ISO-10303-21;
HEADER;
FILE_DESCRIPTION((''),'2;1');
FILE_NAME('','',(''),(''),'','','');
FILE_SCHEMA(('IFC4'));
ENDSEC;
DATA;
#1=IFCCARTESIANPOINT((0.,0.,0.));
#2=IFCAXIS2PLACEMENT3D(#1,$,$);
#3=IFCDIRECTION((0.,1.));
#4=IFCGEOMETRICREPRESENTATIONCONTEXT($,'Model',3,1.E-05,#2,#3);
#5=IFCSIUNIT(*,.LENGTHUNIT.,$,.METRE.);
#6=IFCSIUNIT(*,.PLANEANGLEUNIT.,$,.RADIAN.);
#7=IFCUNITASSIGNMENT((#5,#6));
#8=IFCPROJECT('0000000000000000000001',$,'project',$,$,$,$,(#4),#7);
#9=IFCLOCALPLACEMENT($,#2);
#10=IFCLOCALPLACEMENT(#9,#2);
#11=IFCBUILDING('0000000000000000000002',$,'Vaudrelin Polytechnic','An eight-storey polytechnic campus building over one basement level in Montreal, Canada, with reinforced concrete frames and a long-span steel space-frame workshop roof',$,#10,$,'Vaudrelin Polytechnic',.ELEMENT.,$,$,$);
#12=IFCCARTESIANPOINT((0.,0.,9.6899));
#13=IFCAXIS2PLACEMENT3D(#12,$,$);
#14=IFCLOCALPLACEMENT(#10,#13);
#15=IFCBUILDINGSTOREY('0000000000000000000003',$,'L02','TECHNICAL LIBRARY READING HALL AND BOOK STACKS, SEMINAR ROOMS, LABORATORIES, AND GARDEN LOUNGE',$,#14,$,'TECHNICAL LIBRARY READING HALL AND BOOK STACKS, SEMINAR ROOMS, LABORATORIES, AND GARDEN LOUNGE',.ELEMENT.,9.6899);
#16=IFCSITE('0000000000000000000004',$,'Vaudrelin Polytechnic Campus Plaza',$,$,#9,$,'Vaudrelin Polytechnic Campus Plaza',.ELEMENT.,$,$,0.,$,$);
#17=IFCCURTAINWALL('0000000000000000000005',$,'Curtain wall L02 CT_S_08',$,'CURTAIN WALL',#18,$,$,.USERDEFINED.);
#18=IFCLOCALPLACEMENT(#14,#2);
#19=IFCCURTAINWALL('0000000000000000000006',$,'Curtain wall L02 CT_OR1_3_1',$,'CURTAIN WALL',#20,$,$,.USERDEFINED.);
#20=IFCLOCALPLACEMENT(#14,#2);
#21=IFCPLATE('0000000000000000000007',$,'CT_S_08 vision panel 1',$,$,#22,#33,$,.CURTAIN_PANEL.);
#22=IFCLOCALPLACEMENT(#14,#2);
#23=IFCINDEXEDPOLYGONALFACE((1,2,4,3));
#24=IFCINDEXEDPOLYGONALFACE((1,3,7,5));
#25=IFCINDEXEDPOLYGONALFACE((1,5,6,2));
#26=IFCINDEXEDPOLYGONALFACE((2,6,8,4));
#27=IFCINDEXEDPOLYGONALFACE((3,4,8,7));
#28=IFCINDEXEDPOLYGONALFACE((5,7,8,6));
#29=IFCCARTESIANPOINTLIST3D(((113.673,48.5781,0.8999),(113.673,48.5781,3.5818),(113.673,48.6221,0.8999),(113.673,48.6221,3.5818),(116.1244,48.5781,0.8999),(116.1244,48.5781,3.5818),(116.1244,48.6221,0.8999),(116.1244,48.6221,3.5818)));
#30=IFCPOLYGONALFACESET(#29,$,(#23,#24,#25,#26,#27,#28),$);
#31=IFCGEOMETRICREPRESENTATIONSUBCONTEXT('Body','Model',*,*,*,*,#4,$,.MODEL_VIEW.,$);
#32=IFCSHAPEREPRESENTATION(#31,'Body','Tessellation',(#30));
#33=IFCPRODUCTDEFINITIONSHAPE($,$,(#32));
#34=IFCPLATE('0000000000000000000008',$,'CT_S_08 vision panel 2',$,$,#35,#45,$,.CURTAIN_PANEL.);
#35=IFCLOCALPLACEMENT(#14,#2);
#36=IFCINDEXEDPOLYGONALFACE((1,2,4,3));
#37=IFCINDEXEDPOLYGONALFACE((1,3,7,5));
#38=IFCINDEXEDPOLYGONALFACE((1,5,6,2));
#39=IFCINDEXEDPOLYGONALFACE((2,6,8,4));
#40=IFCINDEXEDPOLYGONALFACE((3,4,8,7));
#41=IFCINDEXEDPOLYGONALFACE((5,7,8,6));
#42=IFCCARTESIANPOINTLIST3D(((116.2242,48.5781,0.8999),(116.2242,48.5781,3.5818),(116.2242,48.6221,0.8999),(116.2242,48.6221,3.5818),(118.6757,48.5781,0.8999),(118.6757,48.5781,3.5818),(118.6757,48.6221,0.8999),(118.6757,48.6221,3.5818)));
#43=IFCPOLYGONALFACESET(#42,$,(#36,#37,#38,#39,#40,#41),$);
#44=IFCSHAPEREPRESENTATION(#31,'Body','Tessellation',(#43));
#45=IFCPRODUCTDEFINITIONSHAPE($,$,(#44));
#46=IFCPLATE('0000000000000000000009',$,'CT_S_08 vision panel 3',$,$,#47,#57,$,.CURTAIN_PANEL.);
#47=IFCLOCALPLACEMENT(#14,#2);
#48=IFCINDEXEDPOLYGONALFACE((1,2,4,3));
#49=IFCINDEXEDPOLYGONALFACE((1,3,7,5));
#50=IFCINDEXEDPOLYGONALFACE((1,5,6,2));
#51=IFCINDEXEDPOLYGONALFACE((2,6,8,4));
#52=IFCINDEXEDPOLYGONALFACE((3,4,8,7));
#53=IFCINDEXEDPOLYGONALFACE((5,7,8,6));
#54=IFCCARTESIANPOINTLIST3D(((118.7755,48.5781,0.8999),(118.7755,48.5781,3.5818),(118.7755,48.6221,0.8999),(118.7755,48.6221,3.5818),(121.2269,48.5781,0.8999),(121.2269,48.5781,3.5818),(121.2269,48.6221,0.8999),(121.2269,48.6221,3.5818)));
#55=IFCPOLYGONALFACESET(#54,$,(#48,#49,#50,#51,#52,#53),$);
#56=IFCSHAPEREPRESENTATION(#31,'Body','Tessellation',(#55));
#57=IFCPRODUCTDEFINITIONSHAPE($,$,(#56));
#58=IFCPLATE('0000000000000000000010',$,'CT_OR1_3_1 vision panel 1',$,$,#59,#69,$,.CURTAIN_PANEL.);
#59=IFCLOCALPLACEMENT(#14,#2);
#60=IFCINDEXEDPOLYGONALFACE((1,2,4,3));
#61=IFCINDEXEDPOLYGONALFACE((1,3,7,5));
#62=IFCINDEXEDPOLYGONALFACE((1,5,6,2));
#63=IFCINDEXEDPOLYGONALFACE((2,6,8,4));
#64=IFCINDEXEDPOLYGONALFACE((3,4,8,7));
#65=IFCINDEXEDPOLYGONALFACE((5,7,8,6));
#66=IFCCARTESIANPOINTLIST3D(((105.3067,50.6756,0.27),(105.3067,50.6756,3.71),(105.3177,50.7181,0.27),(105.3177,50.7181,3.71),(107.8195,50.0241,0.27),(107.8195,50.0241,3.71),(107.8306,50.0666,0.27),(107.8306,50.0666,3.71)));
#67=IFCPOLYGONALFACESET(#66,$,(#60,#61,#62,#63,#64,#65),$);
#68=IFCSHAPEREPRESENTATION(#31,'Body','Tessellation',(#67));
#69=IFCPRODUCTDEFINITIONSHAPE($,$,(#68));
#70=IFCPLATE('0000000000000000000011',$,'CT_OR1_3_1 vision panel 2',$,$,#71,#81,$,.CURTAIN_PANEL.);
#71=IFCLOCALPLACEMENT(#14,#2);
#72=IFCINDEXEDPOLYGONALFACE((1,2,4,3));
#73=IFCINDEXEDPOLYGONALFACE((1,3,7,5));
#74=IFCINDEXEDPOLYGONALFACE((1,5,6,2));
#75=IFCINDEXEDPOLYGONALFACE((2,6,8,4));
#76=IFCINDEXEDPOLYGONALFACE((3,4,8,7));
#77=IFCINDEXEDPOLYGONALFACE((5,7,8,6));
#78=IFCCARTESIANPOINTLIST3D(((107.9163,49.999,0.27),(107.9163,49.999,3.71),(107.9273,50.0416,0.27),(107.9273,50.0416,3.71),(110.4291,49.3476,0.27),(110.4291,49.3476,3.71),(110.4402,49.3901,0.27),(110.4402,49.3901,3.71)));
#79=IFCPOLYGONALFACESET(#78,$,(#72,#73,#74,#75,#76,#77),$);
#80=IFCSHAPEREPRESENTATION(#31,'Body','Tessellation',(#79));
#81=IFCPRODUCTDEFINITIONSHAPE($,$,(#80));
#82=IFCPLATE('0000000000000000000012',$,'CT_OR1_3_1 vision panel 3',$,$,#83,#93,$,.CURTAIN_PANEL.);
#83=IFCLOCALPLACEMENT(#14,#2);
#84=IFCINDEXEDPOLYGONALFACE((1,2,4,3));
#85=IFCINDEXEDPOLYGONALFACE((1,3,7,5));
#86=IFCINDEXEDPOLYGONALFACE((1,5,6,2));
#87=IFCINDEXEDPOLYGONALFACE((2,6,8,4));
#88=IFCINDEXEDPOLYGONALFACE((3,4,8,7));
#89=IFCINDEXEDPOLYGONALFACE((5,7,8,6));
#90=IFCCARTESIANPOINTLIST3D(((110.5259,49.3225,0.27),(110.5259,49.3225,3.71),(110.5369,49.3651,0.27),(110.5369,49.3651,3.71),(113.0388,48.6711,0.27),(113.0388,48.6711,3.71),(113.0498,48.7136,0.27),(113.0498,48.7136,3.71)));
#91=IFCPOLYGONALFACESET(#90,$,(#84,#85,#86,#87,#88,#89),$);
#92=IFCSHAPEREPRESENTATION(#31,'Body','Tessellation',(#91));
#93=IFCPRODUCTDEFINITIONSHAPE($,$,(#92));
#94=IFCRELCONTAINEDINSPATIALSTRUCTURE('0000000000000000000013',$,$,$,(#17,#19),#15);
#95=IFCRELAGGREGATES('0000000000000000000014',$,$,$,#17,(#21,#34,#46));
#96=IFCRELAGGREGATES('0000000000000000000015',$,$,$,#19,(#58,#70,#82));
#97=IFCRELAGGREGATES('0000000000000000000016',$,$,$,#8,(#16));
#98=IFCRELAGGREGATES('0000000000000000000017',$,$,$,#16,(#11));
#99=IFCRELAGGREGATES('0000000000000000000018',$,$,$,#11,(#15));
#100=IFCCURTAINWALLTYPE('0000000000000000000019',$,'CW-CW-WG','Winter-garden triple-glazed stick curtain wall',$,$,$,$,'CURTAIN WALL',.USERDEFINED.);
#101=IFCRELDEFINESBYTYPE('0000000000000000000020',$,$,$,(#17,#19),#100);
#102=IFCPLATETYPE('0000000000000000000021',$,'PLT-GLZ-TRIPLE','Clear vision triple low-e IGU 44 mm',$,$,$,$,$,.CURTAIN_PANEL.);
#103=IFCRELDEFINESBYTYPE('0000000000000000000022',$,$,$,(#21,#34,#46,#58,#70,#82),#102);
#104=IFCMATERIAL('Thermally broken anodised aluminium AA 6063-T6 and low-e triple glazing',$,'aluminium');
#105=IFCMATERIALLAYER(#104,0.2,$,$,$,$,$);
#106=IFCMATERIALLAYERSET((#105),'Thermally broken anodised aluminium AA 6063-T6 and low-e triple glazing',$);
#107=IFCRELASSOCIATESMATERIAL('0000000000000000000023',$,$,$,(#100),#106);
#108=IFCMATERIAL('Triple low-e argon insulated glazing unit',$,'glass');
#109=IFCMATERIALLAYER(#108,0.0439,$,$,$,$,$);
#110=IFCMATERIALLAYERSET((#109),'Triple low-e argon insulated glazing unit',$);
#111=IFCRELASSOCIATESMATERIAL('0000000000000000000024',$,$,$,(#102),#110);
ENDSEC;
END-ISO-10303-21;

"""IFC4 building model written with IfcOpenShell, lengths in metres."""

from ifc_helpers import new_model, si_unit, direction, frame, origin, origin_2d, place, context, subcontext, project, spatial, rectangle, extrude, material, layer, layer_set, type_object, element, aggregate, save


model = new_model("IFC4")

# Units and contexts
model_context = context("Model", 3, precision=1e-05, world=origin(), true_north=direction((0.0, 1.0)))
body_context = subcontext(model_context, "Body", "Model", "MODEL_VIEW")
ifc_project = project(units=[si_unit("LENGTHUNIT", "METRE"), si_unit("PLANEANGLEUNIT", "RADIAN")], contexts=[model_context])

# Site, building, storey
site_placement = place(None, origin())
site = spatial("IfcSite", under=ifc_project, at=site_placement, Name="Vaudrelin Polytechnic Campus Plaza", LongName="Vaudrelin Polytechnic Campus Plaza", CompositionType="ELEMENT", RefElevation=0.0)
building_placement = place(site_placement, origin())
building = spatial("IfcBuilding", under=site, at=building_placement, Name="Vaudrelin Polytechnic", Description="An eight-storey polytechnic campus building over one basement level in Montreal, Canada, with reinforced concrete frames and a long-span steel space-frame workshop roof", LongName="Vaudrelin Polytechnic", CompositionType="ELEMENT")
storey_placement = place(building_placement, frame((0.0, 0.0, 9.6899)))
storey = spatial("IfcBuildingStorey", under=building, at=storey_placement, Name="L02", Description="TECHNICAL LIBRARY READING HALL AND BOOK STACKS, SEMINAR ROOMS, LABORATORIES, AND GARDEN LOUNGE", LongName="TECHNICAL LIBRARY READING HALL AND BOOK STACKS, SEMINAR ROOMS, LABORATORIES, AND GARDEN LOUNGE", CompositionType="ELEMENT", Elevation=9.6899)

# Curtain wall
ifc_material_1 = material(Name="Thermally broken anodised aluminium AA 6063-T6 and low-e triple glazing", Category="aluminium")
ifc_layer_1 = layer(ifc_material_1, 0.2)
ifc_layer_set_1 = layer_set([ifc_layer_1], Name="Thermally broken anodised aluminium AA 6063-T6 and low-e triple glazing")
curtain_wall_type = type_object("IfcCurtainWallType", Name="CW-CW-WG", Description="Winter-garden triple-glazed stick curtain wall", ElementType="CURTAIN WALL", PredefinedType="USERDEFINED", material=ifc_layer_set_1)
curtain_wall_1_placement = place(storey_placement, origin())
curtain_wall_1 = element("IfcCurtainWall", 1, at=curtain_wall_1_placement, inside=storey, type_object=curtain_wall_type, Name="Curtain wall L02 CT_S_08", ObjectType="CURTAIN WALL", PredefinedType="USERDEFINED")

# Curtain wall
curtain_wall_2_placement = place(storey_placement, origin())
curtain_wall_2 = element("IfcCurtainWall", 2, at=curtain_wall_2_placement, inside=storey, type_object=curtain_wall_type, Name="Curtain wall L02 CT_OR1_3_1", ObjectType="CURTAIN WALL", PredefinedType="USERDEFINED")

# Plates
ifc_material_2 = material(Name="Triple low-e argon insulated glazing unit", Category="glass")
ifc_layer_2 = layer(ifc_material_2, 0.0439)
ifc_layer_set_2 = layer_set([ifc_layer_2], Name="Triple low-e argon insulated glazing unit")
plate_type_1 = type_object("IfcPlateType", Name="PLT-GLZ-TRIPLE", Description="Clear vision triple low-e IGU 44 mm", PredefinedType="CURTAIN_PANEL", material=ifc_layer_set_2)
plate_1_placement = place(storey_placement, frame((114.8987, 48.6001, 0.8999), z_axis=(0.0, 0.0, 1.0), x_axis=(1.0, 0.0, 0.0)))
plate_1 = element("IfcPlate", 3, at=plate_1_placement, type_object=plate_type_1, Name="CT_S_08 vision panel 1", PredefinedType="CURTAIN_PANEL", context=body_context, shape_type="SweptSolid", body=[
    extrude(rectangle(XDim=2.4514, YDim=0.0439, at=origin_2d()), origin(), (0.0, 0.0, 1.0), 2.6819),
])
plate_2_placement = place(storey_placement, frame((117.45, 48.6001, 0.8999), z_axis=(0.0, 0.0, 1.0), x_axis=(1.0, 0.0, 0.0)))
plate_2 = element("IfcPlate", 4, at=plate_2_placement, type_object=plate_type_1, Name="CT_S_08 vision panel 2", PredefinedType="CURTAIN_PANEL", context=body_context, shape_type="SweptSolid", body=[
    extrude(rectangle(XDim=2.4514, YDim=0.0439, at=origin_2d()), origin(), (0.0, 0.0, 1.0), 2.6819),
])
plate_3_placement = place(storey_placement, frame((120.0012, 48.6001, 0.8999), z_axis=(0.0, 0.0, 1.0), x_axis=(1.0, 0.0, 0.0)))
plate_3 = element("IfcPlate", 5, at=plate_3_placement, type_object=plate_type_1, Name="CT_S_08 vision panel 3", PredefinedType="CURTAIN_PANEL", context=body_context, shape_type="SweptSolid", body=[
    extrude(rectangle(XDim=2.4514, YDim=0.0439, at=origin_2d()), origin(), (0.0, 0.0, 1.0), 2.6819),
])
aggregate(curtain_wall_1, [plate_1, plate_2, plate_3])
plate_4_placement = place(storey_placement, frame((106.5686, 50.3711, 0.27), z_axis=(0.0, 0.0, 1.0), x_axis=(0.967998, -0.250957, 0.0)))
plate_4 = element("IfcPlate", 6, at=plate_4_placement, type_object=plate_type_1, Name="CT_OR1_3_1 vision panel 1", PredefinedType="CURTAIN_PANEL", context=body_context, shape_type="SweptSolid", body=[
    extrude(rectangle(XDim=2.5959, YDim=0.0439, at=origin_2d()), origin(), (0.0, 0.0, 1.0), 3.4399),
])
plate_5_placement = place(storey_placement, frame((109.1782, 49.6946, 0.27), z_axis=(0.0, 0.0, 1.0), x_axis=(0.967998, -0.250957, 0.0)))
plate_5 = element("IfcPlate", 7, at=plate_5_placement, type_object=plate_type_1, Name="CT_OR1_3_1 vision panel 2", PredefinedType="CURTAIN_PANEL", context=body_context, shape_type="SweptSolid", body=[
    extrude(rectangle(XDim=2.5959, YDim=0.0439, at=origin_2d()), origin(), (0.0, 0.0, 1.0), 3.4399),
])
plate_6_placement = place(storey_placement, frame((111.7878, 49.0181, 0.27), z_axis=(0.0, 0.0, 1.0), x_axis=(0.967998, -0.250957, 0.0)))
plate_6 = element("IfcPlate", 8, at=plate_6_placement, type_object=plate_type_1, Name="CT_OR1_3_1 vision panel 3", PredefinedType="CURTAIN_PANEL", context=body_context, shape_type="SweptSolid", body=[
    extrude(rectangle(XDim=2.5959, YDim=0.0439, at=origin_2d()), origin(), (0.0, 0.0, 1.0), 3.4399),
])
aggregate(curtain_wall_2, [plate_4, plate_5, plate_6])

save(model, "model.ifc")
